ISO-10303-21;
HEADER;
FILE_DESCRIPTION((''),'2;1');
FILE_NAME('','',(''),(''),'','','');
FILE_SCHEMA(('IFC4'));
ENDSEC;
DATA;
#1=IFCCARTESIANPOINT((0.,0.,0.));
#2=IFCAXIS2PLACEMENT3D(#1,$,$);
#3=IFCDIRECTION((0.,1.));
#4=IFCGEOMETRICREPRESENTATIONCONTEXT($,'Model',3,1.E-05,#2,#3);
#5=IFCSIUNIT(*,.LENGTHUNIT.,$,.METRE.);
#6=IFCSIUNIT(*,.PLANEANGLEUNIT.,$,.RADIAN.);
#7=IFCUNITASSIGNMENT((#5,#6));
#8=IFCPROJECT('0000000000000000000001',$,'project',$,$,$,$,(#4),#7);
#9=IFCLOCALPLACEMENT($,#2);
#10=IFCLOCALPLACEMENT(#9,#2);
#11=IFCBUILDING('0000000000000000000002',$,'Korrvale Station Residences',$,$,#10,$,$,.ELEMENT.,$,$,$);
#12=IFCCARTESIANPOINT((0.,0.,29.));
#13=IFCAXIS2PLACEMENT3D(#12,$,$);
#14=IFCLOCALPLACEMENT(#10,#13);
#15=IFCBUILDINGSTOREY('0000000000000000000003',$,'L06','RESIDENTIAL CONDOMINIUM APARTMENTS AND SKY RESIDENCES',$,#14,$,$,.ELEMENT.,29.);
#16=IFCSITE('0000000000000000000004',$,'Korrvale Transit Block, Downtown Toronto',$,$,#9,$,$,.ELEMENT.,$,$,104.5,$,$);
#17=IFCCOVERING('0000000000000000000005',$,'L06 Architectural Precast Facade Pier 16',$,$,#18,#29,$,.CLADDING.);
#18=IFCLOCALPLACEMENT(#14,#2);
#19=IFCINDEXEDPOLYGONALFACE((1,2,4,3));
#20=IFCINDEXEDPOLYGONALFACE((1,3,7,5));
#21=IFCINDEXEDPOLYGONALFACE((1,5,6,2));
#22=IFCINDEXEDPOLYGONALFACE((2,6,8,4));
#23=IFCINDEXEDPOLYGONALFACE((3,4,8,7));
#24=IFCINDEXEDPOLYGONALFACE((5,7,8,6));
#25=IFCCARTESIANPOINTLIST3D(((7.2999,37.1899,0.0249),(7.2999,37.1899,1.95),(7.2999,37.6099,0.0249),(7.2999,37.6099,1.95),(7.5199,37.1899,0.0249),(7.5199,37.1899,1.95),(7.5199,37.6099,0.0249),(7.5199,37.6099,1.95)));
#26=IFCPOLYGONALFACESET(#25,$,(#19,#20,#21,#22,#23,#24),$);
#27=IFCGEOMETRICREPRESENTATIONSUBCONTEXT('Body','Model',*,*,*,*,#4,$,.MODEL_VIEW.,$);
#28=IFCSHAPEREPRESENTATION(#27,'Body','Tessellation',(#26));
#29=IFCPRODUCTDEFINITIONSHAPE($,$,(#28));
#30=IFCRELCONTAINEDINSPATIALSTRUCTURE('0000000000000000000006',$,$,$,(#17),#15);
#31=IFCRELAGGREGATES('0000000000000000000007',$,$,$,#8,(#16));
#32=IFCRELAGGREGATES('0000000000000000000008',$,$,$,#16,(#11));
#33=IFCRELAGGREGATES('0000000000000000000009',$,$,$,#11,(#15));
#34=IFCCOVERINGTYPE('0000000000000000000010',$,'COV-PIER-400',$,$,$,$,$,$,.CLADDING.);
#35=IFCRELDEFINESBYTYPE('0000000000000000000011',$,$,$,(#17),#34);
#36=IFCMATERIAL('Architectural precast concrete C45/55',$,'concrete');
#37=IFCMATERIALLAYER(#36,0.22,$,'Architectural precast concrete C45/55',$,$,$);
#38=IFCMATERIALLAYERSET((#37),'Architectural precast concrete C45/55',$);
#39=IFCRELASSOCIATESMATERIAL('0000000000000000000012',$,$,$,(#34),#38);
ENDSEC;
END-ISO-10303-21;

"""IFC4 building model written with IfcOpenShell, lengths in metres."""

from ifc_helpers import new_model, si_unit, direction, frame, origin, origin_2d, place, context, subcontext, project, spatial, rectangle, extrude, material, layer, layer_set, type_object, element, save


model = new_model("IFC4")

# Units and contexts
model_context = context("Model", 3, precision=1e-05, world=origin(), true_north=direction((0.0, 1.0)))
body_context = subcontext(model_context, "Body", "Model", "MODEL_VIEW")
ifc_project = project(units=[si_unit("LENGTHUNIT", "METRE"), si_unit("PLANEANGLEUNIT", "RADIAN")], contexts=[model_context])

# Site, building, storey
site_placement = place(None, origin())
site = spatial("IfcSite", under=ifc_project, at=site_placement, Name="Korrvale Transit Block, Downtown Toronto", CompositionType="ELEMENT", RefElevation=104.5)
building_placement = place(site_placement, origin())
building = spatial("IfcBuilding", under=site, at=building_placement, Name="Korrvale Station Residences", CompositionType="ELEMENT")
storey_placement = place(building_placement, frame((0.0, 0.0, 29.0)))
storey = spatial("IfcBuildingStorey", under=building, at=storey_placement, Name="L06", Description="RESIDENTIAL CONDOMINIUM APARTMENTS AND SKY RESIDENCES", CompositionType="ELEMENT", Elevation=29.0)

# Covering
ifc_material_1 = material(Name="Architectural precast concrete C45/55", Category="concrete")
ifc_layer_1 = layer(ifc_material_1, 0.22, Name="Architectural precast concrete C45/55")
ifc_layer_set_1 = layer_set([ifc_layer_1], Name="Architectural precast concrete C45/55")
covering_type = type_object("IfcCoveringType", Name="COV-PIER-400", PredefinedType="CLADDING", material=ifc_layer_set_1)
for number, where, z_axis, x_axis, name in (
    (1, (7.4099, 37.3999, 0.0249), (0.0, 0.0, 1.0), (0.0, 1.0, 0.0), "L06 Architectural Precast Facade Pier 16"),
):
    element("IfcCovering", number, at=place(storey_placement, frame(where, z_axis=z_axis, x_axis=x_axis)), inside=storey, type_object=covering_type, Name=name, PredefinedType="CLADDING", context=body_context, shape_type="SweptSolid", body=[
        extrude(rectangle(XDim=0.4199, YDim=0.22, at=origin_2d()), origin(), (0.0, 0.0, 1.0), 1.925),
    ])

save(model, "model.ifc")
